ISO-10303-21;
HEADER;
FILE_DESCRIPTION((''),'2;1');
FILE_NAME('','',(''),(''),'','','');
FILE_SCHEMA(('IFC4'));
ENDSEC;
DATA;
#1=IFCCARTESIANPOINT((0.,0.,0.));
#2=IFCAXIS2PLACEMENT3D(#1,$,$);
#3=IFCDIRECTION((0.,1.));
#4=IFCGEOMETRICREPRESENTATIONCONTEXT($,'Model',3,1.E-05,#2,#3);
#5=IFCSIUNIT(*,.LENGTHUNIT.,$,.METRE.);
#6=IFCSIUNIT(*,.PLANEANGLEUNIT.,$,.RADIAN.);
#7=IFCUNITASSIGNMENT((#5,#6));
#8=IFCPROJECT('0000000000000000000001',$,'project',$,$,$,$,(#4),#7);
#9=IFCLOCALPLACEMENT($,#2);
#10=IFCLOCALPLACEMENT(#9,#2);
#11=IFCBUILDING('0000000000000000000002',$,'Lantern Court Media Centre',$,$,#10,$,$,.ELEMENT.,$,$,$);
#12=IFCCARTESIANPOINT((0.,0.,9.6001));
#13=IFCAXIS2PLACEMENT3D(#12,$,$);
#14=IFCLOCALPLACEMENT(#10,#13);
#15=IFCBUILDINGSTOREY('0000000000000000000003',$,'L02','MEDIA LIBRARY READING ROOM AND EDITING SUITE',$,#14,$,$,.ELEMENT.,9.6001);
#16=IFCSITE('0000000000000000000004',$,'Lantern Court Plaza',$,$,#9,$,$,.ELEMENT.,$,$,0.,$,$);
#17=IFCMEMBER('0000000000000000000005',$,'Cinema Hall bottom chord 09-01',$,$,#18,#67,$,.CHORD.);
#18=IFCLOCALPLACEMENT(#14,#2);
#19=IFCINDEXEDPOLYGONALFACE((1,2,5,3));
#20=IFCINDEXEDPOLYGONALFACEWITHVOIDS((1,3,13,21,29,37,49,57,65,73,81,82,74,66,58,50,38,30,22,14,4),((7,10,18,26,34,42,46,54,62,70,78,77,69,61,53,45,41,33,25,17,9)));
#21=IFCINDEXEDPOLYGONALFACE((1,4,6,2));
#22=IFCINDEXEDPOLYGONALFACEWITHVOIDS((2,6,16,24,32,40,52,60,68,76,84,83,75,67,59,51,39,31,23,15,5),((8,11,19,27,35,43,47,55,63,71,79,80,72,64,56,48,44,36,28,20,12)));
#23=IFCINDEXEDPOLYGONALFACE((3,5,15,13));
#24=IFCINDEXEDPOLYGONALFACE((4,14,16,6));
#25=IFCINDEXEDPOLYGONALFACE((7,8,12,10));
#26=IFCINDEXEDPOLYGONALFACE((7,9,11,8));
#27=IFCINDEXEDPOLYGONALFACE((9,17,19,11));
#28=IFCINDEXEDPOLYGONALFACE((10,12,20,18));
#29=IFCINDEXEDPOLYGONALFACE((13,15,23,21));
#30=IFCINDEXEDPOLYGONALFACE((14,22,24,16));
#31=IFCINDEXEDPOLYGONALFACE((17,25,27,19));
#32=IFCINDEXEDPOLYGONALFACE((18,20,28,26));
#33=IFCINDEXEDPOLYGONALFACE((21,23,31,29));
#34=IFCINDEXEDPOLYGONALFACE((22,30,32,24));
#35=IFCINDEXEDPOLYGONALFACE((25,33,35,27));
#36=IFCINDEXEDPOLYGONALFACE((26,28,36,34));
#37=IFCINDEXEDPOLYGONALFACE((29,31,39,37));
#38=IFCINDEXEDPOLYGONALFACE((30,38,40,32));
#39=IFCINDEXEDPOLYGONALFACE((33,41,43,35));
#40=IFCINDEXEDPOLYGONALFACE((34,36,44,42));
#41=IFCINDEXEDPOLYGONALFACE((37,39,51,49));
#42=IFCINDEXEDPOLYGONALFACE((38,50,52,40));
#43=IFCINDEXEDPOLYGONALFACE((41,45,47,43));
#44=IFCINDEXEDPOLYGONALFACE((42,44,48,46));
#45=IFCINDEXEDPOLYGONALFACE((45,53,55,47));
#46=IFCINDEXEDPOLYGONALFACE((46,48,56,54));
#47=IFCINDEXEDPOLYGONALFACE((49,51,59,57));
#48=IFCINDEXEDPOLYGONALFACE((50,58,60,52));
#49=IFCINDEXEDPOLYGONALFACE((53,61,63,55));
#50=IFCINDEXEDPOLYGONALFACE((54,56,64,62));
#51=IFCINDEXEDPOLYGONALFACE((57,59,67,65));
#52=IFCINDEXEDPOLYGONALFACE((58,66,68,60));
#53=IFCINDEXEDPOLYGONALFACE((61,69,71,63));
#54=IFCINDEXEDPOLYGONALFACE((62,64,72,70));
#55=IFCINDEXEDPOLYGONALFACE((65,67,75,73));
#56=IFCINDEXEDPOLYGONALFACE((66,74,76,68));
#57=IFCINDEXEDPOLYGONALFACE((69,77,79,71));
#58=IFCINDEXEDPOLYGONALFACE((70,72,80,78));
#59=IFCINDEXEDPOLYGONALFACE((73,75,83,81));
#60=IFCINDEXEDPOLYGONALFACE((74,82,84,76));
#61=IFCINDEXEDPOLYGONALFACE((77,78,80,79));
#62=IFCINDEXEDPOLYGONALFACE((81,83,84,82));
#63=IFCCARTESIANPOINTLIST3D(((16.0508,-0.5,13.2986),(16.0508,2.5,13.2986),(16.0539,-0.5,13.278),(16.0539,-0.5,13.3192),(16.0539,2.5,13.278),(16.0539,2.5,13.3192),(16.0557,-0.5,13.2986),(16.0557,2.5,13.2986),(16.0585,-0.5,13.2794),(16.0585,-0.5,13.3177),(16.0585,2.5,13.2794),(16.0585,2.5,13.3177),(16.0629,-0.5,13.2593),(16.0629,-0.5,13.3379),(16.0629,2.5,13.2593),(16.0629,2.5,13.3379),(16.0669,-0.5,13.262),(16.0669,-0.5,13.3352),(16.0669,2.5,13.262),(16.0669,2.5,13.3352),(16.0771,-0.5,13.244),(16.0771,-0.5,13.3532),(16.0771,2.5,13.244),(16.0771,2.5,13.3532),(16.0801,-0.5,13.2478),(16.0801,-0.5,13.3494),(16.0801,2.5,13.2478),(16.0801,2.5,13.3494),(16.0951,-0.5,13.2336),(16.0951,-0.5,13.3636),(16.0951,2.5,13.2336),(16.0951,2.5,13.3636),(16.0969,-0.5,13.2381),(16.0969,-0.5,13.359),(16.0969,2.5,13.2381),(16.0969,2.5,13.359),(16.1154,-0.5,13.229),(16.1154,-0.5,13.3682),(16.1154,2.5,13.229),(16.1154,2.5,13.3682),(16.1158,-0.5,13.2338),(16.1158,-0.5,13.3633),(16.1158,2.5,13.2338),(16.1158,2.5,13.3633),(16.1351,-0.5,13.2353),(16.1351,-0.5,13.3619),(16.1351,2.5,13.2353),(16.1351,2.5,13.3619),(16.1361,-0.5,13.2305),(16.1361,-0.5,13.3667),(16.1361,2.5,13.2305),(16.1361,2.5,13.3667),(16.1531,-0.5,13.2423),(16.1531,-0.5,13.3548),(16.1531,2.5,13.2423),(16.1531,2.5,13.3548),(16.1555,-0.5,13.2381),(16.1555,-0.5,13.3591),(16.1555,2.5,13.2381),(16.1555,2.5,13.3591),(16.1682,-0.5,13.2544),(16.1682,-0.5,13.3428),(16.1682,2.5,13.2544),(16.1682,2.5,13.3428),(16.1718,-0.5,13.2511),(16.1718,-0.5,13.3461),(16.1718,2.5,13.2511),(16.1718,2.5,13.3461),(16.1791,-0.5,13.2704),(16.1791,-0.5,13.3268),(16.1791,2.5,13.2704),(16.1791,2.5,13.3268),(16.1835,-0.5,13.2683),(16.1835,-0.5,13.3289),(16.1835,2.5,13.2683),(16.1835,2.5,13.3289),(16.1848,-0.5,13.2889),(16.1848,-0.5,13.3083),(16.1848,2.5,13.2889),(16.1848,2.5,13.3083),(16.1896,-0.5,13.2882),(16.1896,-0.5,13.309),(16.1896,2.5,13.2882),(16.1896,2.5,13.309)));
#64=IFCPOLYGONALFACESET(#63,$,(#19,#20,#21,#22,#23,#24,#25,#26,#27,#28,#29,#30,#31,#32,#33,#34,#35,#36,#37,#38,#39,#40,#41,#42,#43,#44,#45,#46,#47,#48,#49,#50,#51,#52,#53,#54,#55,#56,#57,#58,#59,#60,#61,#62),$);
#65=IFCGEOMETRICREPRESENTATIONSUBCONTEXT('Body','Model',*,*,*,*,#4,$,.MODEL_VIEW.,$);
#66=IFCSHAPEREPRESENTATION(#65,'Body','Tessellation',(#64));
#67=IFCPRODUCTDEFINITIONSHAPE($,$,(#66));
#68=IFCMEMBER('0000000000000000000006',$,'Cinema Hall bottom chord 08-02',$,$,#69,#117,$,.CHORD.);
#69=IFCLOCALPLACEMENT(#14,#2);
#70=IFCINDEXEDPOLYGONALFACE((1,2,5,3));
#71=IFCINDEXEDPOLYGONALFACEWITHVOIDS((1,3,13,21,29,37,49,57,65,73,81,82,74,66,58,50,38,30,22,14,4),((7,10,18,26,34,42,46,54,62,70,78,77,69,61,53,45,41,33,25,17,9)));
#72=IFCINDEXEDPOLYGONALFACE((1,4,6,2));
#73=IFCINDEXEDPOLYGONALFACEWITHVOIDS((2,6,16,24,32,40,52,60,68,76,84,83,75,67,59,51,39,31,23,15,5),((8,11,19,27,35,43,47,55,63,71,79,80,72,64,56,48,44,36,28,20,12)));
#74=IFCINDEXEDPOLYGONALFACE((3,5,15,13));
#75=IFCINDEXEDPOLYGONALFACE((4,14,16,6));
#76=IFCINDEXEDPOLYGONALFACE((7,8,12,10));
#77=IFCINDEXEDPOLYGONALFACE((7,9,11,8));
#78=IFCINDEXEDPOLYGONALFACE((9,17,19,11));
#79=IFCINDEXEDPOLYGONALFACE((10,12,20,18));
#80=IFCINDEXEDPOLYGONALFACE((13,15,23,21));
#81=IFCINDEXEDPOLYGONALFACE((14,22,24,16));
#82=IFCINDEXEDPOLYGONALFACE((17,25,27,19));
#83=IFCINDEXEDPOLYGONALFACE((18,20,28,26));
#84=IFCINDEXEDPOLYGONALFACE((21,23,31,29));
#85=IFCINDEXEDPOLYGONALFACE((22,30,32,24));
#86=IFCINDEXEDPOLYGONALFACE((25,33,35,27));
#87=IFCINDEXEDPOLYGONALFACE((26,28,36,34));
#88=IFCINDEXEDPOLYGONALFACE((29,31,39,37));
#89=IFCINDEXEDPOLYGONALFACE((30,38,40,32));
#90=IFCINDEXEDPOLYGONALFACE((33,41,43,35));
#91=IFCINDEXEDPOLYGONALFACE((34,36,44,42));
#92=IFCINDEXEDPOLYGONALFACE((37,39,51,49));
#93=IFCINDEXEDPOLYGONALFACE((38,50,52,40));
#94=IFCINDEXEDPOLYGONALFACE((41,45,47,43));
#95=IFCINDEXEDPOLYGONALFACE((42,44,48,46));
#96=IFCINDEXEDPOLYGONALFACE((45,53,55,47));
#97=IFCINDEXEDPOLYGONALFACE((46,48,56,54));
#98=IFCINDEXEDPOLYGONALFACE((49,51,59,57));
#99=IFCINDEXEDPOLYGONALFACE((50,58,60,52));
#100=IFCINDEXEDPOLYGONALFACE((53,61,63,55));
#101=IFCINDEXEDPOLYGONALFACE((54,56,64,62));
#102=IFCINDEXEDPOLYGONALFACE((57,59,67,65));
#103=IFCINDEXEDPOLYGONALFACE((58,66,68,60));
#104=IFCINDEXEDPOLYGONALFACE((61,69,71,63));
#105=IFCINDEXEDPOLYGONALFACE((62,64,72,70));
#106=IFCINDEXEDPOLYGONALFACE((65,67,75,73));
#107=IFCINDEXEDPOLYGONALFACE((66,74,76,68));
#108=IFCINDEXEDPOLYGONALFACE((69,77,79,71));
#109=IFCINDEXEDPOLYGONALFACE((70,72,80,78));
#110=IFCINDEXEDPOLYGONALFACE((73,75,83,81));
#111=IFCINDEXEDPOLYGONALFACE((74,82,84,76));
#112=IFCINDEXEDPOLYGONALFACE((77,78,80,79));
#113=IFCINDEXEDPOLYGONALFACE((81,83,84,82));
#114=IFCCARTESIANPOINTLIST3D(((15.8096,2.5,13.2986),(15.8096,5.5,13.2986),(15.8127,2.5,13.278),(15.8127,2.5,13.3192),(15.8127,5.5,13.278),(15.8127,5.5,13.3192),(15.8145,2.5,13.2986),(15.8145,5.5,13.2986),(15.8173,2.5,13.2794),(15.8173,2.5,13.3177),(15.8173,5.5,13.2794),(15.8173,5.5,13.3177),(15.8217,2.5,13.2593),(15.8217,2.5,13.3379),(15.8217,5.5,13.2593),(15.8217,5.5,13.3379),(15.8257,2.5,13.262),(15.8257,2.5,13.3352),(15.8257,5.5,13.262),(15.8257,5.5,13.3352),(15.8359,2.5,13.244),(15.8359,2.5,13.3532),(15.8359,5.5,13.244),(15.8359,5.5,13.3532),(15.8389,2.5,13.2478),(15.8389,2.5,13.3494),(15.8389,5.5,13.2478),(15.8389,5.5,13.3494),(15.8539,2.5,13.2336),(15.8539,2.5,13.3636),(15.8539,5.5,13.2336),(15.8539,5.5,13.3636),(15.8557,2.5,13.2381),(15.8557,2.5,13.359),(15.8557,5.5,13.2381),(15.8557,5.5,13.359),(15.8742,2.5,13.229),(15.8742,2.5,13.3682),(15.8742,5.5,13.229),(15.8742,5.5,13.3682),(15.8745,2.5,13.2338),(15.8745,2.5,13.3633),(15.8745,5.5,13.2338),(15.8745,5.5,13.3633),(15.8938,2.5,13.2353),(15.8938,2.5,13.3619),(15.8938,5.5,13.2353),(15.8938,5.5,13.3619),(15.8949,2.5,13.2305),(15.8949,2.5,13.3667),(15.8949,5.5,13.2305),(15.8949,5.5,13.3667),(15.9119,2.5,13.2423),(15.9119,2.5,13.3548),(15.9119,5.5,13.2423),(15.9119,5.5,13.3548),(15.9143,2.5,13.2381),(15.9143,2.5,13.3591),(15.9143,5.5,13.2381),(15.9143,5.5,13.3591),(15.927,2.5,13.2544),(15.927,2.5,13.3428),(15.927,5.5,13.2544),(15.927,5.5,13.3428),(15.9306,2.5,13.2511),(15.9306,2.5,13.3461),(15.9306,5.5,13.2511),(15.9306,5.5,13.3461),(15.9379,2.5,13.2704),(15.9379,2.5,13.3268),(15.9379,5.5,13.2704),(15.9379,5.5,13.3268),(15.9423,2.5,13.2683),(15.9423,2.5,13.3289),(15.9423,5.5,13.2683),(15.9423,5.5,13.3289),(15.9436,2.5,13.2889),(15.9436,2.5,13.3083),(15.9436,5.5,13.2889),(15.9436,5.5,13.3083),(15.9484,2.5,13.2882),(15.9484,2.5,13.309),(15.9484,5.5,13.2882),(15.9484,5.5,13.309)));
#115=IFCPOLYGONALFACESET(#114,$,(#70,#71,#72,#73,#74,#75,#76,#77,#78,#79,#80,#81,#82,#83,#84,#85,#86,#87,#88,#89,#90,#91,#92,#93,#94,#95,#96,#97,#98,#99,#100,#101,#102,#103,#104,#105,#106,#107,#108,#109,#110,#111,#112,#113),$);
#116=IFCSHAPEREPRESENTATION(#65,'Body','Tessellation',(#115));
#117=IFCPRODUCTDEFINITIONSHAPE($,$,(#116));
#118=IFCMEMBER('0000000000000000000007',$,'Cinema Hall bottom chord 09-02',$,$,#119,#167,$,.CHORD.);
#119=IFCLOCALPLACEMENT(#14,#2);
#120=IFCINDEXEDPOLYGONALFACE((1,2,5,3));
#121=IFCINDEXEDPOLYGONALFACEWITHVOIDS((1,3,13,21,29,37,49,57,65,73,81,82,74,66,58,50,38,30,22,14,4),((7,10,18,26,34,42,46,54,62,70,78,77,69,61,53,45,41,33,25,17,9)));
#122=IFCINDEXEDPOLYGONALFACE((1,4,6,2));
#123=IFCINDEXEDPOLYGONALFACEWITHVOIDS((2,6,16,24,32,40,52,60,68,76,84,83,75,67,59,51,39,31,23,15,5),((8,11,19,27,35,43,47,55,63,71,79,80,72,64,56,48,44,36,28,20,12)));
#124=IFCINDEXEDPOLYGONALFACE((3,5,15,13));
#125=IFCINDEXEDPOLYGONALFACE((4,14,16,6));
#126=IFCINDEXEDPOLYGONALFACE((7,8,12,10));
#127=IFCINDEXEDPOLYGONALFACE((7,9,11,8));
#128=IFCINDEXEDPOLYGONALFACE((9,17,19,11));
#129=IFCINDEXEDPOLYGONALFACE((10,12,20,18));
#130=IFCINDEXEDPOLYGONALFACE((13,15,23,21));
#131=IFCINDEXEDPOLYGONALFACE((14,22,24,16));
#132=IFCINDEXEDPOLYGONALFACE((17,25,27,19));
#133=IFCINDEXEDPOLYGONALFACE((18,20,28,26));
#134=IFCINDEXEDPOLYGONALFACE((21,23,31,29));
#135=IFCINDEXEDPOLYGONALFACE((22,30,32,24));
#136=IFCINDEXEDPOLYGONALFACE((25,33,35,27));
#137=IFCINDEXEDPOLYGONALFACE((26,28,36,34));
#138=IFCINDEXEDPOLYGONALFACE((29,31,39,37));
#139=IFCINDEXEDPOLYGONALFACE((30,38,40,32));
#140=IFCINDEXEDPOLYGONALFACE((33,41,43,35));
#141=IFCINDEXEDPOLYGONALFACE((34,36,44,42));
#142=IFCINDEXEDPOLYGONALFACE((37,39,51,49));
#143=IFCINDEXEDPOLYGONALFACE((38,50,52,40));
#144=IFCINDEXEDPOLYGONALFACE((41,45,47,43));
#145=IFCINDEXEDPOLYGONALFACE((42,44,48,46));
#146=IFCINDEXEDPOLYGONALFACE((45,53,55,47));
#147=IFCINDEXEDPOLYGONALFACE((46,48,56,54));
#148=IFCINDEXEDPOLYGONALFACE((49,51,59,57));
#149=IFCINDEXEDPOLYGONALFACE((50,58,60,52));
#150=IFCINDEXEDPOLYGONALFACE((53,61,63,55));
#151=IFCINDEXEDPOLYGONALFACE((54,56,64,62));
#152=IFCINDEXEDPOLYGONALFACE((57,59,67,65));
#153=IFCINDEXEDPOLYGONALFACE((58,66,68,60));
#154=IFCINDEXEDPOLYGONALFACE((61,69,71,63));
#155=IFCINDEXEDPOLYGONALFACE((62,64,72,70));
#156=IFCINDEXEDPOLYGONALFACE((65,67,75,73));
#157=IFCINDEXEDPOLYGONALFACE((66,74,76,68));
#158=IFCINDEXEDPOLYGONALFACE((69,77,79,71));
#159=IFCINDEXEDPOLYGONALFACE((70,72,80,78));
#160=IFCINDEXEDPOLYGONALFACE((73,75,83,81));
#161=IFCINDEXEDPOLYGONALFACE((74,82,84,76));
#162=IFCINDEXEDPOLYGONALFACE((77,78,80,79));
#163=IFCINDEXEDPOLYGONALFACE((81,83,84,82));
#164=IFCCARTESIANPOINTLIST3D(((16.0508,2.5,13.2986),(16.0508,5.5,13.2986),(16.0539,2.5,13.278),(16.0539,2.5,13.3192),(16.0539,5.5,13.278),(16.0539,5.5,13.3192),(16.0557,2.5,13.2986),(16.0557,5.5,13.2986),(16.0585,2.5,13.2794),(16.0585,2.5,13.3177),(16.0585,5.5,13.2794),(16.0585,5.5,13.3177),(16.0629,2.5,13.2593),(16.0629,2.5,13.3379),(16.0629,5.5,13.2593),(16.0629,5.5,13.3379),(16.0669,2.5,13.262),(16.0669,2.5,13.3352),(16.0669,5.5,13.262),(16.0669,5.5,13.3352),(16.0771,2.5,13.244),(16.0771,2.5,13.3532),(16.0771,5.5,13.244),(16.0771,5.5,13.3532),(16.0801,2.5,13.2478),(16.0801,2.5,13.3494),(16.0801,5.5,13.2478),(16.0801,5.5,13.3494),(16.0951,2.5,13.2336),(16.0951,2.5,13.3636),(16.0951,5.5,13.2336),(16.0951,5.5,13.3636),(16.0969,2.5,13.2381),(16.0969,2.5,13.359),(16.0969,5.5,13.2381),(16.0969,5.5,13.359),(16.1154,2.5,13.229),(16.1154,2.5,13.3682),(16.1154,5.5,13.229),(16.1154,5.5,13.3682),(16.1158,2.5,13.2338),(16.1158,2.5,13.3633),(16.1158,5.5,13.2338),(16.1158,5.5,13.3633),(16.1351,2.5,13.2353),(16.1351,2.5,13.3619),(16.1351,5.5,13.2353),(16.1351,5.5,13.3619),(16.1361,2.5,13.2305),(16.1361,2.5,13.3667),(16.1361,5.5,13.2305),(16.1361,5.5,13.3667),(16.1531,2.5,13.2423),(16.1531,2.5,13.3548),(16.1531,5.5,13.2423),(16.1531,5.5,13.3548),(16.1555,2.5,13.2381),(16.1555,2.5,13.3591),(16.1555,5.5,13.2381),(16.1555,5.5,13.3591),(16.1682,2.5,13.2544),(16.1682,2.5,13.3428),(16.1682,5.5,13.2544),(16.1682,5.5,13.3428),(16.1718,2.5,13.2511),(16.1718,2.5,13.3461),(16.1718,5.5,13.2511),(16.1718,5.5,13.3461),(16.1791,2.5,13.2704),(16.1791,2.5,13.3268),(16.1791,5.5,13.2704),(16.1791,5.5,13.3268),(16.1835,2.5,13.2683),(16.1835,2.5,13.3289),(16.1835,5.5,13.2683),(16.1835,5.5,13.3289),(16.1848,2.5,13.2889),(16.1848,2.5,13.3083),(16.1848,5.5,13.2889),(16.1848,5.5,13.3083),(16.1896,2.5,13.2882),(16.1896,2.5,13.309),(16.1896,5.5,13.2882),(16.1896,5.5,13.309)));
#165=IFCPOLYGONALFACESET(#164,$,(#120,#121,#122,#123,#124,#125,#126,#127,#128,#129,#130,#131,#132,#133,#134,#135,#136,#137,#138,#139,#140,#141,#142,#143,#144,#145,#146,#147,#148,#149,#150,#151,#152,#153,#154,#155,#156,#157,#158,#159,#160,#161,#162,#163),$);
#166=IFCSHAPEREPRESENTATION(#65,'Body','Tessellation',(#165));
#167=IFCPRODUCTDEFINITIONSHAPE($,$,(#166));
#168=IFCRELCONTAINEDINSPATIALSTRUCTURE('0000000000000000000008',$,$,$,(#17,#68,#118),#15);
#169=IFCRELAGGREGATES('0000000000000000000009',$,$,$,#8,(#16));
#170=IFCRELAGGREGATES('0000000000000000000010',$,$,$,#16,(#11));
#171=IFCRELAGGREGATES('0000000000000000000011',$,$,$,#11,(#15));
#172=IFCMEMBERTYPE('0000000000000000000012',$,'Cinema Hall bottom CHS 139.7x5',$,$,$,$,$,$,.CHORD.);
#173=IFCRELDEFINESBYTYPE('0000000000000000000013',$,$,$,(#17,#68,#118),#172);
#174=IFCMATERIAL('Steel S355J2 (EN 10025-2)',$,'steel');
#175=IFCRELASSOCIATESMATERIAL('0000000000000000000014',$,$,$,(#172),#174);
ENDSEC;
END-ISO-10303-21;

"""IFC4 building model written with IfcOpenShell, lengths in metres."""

from ifc_helpers import new_model, si_unit, direction, frame, origin, origin_2d, place, context, subcontext, project, spatial, hollow_circle, extrude, material, material_profile, profile_set, type_object, element, save


model = new_model("IFC4")

# Units and contexts
model_context = context("Model", 3, precision=1e-05, world=origin(), true_north=direction((0.0, 1.0)))
body_context = subcontext(model_context, "Body", "Model", "MODEL_VIEW")
ifc_project = project(units=[si_unit("LENGTHUNIT", "METRE"), si_unit("PLANEANGLEUNIT", "RADIAN")], contexts=[model_context])

# Site, building, storey
site_placement = place(None, origin())
site = spatial("IfcSite", under=ifc_project, at=site_placement, Name="Lantern Court Plaza", CompositionType="ELEMENT", RefElevation=0.0)
building_placement = place(site_placement, origin())
building = spatial("IfcBuilding", under=site, at=building_placement, Name="Lantern Court Media Centre", CompositionType="ELEMENT")
storey_placement = place(building_placement, frame((0.0, 0.0, 9.6001)))
storey = spatial("IfcBuildingStorey", under=building, at=storey_placement, Name="L02", Description="MEDIA LIBRARY READING ROOM AND EDITING SUITE", CompositionType="ELEMENT", Elevation=9.6001)

# Members
ifc_material = material(Name="Steel S355J2 (EN 10025-2)", Category="steel")
ifc_material_profile_1 = material_profile(ifc_material, hollow_circle(Radius=0.0698, WallThickness=0.0049, at=origin_2d()), Name="Cinema Hall bottom CHS 139.7x5")
ifc_profile_set_1 = profile_set([ifc_material_profile_1], Name="Steel S355J2 (EN 10025-2)")
member_type_1 = type_object("IfcMemberType", Name="Cinema Hall bottom CHS 139.7x5", PredefinedType="CHORD", material=ifc_profile_set_1)
for number, where, z_axis, x_axis, name in (
    (1, (16.1206, -0.5, 13.2986), (0.0, 1.0, 0.0), (-1.0, 0.0, 0.0), "Cinema Hall bottom chord 09-01"),
    (2, (15.8794, 2.5, 13.2986), (0.0, 1.0, 0.0), (-1.0, 0.0, 0.0), "Cinema Hall bottom chord 08-02"),
    (3, (16.1206, 2.5, 13.2986), (0.0, 1.0, 0.0), (-1.0, 0.0, 0.0), "Cinema Hall bottom chord 09-02"),
):
    element("IfcMember", number, at=place(storey_placement, frame(where, z_axis=z_axis, x_axis=x_axis)), inside=storey, type_object=member_type_1, Name=name, PredefinedType="CHORD", context=body_context, shape_type="SweptSolid", body=[
        extrude(hollow_circle(Radius=0.0698, WallThickness=0.0049, at=origin_2d()), origin(), (0.0, 0.0, 1.0), 3.0),
    ])

save(model, "model.ifc")
